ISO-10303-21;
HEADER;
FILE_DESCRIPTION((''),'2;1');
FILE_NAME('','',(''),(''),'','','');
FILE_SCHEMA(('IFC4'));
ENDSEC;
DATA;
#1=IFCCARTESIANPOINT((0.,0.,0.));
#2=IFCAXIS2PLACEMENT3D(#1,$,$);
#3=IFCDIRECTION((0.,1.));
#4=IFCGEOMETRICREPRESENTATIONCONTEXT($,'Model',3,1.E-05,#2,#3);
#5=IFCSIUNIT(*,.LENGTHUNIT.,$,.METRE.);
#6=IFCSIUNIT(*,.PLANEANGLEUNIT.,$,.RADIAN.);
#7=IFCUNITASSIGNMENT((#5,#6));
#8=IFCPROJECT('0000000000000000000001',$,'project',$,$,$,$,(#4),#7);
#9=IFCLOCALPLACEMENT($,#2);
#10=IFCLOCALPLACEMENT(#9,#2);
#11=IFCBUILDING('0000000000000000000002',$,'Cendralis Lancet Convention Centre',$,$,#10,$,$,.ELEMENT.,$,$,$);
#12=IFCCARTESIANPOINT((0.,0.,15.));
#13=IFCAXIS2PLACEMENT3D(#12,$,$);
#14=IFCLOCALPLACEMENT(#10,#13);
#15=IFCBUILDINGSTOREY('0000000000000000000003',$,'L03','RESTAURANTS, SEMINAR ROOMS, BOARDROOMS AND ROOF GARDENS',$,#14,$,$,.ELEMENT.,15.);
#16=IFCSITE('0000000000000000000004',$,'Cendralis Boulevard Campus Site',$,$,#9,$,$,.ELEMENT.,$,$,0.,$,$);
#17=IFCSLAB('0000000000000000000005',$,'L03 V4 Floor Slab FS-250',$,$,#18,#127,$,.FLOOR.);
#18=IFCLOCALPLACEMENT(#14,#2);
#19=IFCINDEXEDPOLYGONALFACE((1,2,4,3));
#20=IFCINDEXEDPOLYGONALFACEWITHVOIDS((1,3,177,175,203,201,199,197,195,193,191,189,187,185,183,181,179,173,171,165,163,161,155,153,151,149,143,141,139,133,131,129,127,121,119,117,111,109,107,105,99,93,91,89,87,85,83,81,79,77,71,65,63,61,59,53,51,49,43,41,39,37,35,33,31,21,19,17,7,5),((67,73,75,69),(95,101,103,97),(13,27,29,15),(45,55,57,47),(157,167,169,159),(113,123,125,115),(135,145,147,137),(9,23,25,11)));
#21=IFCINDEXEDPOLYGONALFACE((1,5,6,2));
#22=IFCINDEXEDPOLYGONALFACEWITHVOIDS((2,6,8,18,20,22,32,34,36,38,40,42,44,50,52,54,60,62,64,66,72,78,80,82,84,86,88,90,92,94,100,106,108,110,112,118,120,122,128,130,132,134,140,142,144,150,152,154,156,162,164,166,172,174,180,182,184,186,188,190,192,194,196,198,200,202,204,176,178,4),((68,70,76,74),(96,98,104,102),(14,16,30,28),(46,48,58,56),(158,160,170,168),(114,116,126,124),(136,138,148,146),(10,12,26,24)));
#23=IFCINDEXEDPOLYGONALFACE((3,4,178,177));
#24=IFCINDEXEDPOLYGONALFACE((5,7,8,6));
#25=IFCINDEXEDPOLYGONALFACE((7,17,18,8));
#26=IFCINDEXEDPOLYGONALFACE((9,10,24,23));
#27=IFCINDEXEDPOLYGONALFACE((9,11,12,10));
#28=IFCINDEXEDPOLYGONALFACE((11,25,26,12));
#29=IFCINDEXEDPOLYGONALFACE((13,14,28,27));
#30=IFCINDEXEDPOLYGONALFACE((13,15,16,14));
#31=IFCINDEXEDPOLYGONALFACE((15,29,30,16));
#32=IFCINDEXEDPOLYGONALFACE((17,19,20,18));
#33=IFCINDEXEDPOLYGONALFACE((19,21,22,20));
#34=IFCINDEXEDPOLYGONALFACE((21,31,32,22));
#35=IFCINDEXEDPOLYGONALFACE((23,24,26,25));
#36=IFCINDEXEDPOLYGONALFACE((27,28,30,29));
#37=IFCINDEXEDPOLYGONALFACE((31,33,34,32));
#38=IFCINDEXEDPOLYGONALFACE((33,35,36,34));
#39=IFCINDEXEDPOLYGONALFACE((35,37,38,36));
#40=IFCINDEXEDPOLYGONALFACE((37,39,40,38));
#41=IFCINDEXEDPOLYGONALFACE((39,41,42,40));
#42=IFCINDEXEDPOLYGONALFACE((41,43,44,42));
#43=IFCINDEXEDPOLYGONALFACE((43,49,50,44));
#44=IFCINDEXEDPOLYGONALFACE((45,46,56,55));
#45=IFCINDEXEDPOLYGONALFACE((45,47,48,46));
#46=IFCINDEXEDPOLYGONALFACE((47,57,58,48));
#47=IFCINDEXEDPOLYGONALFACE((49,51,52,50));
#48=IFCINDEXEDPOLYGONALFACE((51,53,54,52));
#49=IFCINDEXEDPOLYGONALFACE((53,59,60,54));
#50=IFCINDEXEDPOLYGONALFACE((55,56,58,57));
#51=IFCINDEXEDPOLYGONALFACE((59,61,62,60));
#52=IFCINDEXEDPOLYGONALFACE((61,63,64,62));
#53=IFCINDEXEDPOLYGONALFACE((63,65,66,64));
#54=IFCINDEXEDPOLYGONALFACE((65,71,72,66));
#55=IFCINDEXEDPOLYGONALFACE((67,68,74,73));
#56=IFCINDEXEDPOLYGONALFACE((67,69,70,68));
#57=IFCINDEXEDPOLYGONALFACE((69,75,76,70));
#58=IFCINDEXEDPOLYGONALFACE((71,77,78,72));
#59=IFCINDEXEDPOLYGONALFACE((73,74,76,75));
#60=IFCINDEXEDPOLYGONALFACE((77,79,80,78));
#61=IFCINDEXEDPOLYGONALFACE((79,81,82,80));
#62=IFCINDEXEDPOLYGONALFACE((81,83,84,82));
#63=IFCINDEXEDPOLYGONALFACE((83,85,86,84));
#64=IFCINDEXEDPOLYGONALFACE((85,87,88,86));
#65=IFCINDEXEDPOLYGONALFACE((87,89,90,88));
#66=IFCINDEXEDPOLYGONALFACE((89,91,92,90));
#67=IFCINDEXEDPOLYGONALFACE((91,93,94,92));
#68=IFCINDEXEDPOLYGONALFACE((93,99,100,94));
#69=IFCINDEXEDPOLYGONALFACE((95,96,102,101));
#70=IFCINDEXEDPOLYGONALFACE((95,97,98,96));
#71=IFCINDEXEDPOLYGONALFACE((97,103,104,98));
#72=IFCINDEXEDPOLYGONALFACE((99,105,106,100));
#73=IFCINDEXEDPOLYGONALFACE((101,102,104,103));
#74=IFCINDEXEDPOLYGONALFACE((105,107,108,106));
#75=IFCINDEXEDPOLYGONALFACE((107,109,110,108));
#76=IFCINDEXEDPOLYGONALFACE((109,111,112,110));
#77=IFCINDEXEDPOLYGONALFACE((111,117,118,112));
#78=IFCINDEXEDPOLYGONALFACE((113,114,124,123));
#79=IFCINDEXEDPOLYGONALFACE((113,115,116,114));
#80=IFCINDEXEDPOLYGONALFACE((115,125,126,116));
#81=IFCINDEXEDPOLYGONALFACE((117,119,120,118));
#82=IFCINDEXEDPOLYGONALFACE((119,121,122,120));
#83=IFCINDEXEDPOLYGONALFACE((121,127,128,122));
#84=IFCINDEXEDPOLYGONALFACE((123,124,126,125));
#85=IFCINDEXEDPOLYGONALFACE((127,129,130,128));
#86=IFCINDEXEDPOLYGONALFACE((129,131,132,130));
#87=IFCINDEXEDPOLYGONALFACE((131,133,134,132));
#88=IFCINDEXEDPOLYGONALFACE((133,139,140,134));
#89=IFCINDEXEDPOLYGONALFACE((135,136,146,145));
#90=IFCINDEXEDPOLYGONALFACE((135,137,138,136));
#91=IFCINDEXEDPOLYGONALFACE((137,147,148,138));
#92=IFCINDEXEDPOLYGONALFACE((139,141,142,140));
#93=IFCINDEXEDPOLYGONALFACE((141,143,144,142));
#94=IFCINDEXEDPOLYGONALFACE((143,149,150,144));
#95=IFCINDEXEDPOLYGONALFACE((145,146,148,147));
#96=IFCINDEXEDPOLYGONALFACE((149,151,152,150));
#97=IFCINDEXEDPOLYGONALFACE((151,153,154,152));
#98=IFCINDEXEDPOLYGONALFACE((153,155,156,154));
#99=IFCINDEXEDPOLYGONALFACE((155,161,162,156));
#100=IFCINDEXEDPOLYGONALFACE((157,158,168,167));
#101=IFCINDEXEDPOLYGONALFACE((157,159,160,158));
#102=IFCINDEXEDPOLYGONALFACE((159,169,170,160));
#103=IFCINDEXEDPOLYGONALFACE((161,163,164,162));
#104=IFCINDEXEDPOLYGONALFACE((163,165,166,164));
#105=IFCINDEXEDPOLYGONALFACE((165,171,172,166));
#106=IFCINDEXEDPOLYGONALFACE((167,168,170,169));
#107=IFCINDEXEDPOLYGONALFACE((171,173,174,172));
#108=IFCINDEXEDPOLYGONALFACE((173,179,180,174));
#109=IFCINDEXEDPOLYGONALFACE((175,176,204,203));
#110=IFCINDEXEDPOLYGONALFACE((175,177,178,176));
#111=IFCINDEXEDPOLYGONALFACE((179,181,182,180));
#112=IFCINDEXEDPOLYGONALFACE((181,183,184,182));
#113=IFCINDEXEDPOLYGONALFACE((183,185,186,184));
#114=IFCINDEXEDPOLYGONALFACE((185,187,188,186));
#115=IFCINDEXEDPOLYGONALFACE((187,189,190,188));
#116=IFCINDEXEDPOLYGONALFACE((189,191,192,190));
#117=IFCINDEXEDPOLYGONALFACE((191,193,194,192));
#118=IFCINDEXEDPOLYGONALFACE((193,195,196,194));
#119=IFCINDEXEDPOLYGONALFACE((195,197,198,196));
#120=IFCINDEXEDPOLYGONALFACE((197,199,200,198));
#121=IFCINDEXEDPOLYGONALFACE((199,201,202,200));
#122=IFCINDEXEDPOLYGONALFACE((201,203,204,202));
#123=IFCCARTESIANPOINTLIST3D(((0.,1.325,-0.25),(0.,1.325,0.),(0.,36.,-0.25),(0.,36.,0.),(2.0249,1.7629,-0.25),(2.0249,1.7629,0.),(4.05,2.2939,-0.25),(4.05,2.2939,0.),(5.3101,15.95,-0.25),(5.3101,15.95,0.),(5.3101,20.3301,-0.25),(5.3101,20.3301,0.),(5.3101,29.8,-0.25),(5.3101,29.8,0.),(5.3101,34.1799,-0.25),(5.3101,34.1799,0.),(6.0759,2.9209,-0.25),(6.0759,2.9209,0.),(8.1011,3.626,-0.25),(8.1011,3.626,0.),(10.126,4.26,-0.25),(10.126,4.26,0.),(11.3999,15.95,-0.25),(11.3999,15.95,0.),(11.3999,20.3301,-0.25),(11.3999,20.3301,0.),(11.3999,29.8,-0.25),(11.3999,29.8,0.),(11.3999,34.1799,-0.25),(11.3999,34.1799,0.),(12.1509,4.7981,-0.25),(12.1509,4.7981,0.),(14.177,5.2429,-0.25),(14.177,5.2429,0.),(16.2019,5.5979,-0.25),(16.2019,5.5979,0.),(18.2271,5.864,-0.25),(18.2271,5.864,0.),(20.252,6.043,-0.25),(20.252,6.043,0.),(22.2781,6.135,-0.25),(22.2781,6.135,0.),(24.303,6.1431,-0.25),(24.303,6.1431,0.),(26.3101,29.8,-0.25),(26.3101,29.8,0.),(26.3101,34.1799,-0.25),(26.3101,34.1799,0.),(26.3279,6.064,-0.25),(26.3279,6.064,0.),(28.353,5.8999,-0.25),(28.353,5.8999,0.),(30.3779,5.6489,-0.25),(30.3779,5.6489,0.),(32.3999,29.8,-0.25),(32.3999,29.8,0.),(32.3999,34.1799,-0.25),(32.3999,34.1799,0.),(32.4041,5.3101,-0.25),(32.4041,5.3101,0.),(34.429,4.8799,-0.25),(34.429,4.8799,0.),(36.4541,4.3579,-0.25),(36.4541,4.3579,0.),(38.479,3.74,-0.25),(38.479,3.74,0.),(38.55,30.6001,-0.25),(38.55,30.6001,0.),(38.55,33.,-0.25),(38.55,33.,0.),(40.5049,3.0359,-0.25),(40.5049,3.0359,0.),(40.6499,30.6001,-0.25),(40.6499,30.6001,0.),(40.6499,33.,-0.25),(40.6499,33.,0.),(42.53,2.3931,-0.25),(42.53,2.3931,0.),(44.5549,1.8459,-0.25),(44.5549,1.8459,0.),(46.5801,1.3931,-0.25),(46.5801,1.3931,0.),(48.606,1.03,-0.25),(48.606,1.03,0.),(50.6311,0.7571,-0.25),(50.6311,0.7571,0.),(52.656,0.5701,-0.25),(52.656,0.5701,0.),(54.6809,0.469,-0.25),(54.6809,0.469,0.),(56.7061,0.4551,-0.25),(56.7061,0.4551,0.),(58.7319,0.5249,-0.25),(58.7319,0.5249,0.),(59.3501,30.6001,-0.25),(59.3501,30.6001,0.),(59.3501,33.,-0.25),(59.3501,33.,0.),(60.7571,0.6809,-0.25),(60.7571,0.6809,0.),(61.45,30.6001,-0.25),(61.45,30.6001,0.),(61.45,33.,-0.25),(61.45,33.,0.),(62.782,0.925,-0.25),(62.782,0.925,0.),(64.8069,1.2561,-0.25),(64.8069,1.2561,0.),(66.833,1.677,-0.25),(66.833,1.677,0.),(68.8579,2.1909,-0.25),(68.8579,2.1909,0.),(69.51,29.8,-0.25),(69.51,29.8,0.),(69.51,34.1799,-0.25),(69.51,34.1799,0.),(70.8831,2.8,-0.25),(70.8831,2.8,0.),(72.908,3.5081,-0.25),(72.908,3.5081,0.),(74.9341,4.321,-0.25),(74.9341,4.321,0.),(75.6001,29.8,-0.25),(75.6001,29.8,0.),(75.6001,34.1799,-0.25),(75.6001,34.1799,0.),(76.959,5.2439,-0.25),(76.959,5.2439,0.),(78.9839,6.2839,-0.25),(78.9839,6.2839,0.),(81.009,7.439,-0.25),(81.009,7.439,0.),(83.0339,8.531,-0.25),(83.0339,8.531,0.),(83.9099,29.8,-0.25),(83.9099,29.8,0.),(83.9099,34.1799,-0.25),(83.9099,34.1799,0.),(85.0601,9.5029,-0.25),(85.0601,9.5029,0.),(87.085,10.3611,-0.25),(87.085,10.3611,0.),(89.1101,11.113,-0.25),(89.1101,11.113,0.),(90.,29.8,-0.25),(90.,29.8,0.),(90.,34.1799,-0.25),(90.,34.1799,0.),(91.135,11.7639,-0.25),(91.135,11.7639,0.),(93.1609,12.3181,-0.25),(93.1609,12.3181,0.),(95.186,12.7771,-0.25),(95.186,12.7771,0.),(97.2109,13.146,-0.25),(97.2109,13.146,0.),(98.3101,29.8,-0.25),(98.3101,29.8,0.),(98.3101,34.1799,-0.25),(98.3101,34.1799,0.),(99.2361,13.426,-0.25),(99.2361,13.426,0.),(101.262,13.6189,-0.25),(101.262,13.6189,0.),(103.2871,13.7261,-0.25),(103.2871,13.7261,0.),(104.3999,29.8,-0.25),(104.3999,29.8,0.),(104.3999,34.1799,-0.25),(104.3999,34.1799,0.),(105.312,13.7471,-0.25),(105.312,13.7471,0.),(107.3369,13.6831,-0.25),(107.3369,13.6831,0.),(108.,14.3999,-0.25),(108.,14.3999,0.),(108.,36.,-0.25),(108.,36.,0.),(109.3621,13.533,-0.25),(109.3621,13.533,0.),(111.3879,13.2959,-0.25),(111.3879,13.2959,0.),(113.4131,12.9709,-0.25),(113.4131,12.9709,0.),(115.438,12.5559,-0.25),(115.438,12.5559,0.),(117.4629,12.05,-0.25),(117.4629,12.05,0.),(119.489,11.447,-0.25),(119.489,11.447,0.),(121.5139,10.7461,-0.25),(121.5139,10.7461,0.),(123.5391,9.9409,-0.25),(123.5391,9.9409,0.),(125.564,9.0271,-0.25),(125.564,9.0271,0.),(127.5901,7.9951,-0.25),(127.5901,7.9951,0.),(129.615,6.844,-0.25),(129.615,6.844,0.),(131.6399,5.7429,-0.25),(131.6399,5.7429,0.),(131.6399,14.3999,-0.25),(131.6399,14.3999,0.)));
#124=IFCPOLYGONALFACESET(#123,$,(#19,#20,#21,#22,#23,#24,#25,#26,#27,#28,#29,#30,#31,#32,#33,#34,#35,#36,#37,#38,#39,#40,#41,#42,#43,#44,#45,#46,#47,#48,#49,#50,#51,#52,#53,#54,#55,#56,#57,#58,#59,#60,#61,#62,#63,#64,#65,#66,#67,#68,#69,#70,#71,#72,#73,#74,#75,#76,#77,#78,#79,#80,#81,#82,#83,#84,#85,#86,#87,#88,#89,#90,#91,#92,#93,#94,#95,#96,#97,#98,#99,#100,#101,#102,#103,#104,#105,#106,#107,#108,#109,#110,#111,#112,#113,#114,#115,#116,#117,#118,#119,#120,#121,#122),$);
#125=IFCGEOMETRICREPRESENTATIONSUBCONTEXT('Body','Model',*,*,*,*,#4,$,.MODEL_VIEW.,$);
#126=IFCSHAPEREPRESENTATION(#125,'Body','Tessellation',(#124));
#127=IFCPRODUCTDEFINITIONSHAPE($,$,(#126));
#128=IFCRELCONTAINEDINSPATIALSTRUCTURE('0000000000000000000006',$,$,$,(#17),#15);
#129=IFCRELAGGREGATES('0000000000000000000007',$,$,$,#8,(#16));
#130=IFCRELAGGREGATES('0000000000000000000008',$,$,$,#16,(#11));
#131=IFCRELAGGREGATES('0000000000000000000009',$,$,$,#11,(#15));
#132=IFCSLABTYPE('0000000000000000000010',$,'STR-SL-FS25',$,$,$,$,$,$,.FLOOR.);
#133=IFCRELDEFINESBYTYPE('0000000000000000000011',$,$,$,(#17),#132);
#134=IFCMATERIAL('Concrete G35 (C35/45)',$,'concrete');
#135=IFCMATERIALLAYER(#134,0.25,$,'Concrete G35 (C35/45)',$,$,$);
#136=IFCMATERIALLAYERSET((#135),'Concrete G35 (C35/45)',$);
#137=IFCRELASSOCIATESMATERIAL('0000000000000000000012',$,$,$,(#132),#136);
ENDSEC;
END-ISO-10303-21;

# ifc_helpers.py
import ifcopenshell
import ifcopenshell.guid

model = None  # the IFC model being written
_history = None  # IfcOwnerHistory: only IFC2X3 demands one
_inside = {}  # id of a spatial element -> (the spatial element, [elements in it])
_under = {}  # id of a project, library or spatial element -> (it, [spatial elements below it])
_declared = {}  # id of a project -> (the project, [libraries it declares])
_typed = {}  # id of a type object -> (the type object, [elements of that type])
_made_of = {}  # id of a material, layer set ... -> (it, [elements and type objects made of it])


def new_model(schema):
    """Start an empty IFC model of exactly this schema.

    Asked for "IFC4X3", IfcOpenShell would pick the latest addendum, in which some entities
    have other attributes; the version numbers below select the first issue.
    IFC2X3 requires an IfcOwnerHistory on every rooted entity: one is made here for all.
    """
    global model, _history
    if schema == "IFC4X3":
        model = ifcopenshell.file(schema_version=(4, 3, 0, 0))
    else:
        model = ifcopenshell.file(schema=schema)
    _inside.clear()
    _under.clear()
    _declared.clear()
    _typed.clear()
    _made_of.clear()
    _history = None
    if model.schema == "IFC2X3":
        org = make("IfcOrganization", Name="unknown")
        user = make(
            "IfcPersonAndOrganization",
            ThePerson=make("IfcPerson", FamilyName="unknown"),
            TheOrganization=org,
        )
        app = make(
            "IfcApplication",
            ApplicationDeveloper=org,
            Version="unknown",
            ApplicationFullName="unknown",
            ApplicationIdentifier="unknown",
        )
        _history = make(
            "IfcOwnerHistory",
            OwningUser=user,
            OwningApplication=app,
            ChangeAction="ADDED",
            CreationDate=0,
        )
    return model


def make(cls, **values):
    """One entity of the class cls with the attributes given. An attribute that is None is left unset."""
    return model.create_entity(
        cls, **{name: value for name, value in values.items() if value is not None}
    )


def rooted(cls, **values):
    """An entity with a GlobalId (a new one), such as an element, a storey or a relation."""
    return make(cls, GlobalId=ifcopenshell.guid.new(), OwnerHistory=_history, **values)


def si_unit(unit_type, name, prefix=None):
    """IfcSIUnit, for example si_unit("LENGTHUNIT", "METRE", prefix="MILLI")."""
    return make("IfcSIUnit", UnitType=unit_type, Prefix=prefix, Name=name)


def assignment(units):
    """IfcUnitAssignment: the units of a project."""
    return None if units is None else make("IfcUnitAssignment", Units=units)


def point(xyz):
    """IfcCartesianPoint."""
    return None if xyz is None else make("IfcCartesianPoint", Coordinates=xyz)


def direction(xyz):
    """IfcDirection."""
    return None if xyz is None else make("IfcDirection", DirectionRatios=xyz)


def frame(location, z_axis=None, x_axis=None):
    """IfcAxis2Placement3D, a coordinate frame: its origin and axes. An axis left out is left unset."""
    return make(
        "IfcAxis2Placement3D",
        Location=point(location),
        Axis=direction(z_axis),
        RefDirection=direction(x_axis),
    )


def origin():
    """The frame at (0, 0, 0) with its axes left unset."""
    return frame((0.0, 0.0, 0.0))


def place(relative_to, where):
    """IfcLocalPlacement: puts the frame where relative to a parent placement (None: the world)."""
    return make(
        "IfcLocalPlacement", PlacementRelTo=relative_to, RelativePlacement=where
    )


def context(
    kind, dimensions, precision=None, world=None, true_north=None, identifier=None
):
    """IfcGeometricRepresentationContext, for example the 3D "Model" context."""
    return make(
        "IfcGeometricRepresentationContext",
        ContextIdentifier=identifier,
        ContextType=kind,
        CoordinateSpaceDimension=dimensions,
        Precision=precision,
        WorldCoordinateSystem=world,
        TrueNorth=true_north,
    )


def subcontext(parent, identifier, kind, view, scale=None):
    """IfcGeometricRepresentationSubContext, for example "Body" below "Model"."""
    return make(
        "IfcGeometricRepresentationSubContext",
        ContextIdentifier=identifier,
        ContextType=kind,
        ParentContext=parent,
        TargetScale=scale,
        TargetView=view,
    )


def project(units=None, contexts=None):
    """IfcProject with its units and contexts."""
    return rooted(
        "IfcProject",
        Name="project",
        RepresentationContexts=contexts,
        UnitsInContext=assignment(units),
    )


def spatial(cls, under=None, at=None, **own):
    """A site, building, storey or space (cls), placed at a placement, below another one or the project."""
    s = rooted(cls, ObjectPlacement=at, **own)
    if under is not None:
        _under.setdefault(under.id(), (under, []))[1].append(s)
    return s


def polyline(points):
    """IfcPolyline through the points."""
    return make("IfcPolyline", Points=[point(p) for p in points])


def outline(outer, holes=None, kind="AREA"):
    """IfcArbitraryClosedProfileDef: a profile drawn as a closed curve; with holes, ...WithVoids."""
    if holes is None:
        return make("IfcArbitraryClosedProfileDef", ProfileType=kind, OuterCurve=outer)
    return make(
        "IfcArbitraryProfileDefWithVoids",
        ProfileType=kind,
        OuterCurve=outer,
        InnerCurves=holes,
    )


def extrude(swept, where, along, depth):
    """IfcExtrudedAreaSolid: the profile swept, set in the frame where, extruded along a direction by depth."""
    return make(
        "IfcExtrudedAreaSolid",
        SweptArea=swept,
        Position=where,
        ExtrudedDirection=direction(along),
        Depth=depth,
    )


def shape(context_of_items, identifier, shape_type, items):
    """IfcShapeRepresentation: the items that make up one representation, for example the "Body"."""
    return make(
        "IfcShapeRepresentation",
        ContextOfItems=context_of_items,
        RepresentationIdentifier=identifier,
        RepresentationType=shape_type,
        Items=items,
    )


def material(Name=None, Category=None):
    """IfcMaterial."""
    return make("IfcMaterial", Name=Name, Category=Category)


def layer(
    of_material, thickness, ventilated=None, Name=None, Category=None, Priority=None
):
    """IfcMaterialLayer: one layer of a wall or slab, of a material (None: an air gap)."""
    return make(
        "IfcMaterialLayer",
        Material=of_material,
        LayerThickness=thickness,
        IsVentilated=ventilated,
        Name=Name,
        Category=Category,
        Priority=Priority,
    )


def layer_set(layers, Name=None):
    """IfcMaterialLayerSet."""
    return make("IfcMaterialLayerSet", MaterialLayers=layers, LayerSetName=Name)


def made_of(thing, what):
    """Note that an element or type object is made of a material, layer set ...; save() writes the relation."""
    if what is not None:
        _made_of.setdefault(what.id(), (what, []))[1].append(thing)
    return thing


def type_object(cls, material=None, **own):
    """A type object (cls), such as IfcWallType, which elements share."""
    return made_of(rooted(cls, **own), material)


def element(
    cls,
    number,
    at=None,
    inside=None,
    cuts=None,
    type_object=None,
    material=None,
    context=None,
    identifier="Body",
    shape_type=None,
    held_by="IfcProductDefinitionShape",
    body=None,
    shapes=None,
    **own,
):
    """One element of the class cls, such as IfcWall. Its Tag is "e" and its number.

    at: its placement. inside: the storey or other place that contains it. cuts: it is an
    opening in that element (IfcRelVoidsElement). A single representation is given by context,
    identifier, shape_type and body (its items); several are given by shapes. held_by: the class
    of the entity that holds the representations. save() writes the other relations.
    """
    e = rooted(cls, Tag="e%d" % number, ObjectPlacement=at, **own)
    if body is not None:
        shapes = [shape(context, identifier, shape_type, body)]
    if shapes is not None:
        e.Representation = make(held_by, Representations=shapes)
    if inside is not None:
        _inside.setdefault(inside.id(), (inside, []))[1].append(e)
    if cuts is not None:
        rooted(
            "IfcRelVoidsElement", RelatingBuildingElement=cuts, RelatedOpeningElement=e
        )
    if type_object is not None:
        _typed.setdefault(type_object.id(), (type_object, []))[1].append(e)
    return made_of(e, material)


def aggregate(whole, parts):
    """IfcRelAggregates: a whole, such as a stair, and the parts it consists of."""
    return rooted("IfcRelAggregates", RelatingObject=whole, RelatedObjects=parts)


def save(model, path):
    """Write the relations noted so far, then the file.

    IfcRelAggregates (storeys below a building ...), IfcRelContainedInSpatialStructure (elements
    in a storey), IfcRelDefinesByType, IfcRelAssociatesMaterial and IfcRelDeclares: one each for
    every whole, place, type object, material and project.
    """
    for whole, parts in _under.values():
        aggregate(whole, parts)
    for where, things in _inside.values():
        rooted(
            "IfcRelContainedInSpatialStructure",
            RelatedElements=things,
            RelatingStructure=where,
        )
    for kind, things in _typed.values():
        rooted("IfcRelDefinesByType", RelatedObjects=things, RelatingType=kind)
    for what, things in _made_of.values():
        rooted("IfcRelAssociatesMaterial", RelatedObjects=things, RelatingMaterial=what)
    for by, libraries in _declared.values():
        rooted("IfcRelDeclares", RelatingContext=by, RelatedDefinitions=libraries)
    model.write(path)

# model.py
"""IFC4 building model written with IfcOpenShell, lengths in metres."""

from ifc_helpers import new_model, si_unit, direction, frame, origin, place, context, subcontext, project, spatial, polyline, outline, extrude, material, layer, layer_set, type_object, element, save


model = new_model("IFC4")

# Units and contexts
model_context = context("Model", 3, precision=1e-05, world=origin(), true_north=direction((0.0, 1.0)))
body_context = subcontext(model_context, "Body", "Model", "MODEL_VIEW")
ifc_project = project(units=[si_unit("LENGTHUNIT", "METRE"), si_unit("PLANEANGLEUNIT", "RADIAN")], contexts=[model_context])

# Site, building, storey
site_placement = place(None, origin())
site = spatial("IfcSite", under=ifc_project, at=site_placement, Name="Cendralis Boulevard Campus Site", CompositionType="ELEMENT", RefElevation=0.0)
building_placement = place(site_placement, origin())
building = spatial("IfcBuilding", under=site, at=building_placement, Name="Cendralis Lancet Convention Centre", CompositionType="ELEMENT")
storey_placement = place(building_placement, frame((0.0, 0.0, 15.0)))
storey = spatial("IfcBuildingStorey", under=building, at=storey_placement, Name="L03", Description="RESTAURANTS, SEMINAR ROOMS, BOARDROOMS AND ROOF GARDENS", CompositionType="ELEMENT", Elevation=15.0)

# Shared definitions
ifc_material_1 = material(Name="Concrete G35 (C35/45)", Category="concrete")

# Slab
ifc_layer_1 = layer(ifc_material_1, 0.25, Name="Concrete G35 (C35/45)")
ifc_layer_set_1 = layer_set([ifc_layer_1], Name="Concrete G35 (C35/45)")
slab_type_1 = type_object("IfcSlabType", Name="STR-SL-FS25", PredefinedType="FLOOR", material=ifc_layer_set_1)
slab_1_placement = place(storey_placement, frame((0.0, 0.0, -0.25)))
element("IfcSlab", 1, at=slab_1_placement, inside=storey, type_object=slab_type_1, Name="L03 V4 Floor Slab FS-250", PredefinedType="FLOOR", context=body_context, shape_type="SweptSolid", body=[
    extrude(outline(polyline([(0.0, 1.325), (2.0249, 1.7629), (4.05, 2.2939), (6.0759, 2.9209), (8.1011, 3.626), (10.126, 4.26), (12.1509, 4.7981), (14.177, 5.2429), (16.2019, 5.5979), (18.2271, 5.864), (20.252, 6.043), (22.2781, 6.135), (24.303, 6.1431), (26.3279, 6.064), (28.353, 5.8999), (30.3779, 5.6489), (32.4041, 5.3101), (34.429, 4.8799), (36.4541, 4.3579), (38.479, 3.74), (40.5049, 3.0359), (42.53, 2.3931), (44.5549, 1.8459), (46.5801, 1.3931), (48.606, 1.03), (50.6311, 0.7571), (52.656, 0.5701), (54.6809, 0.469), (56.7061, 0.4551), (58.7319, 0.5249), (60.7571, 0.6809), (62.782, 0.925), (64.8069, 1.2561), (66.833, 1.677), (68.8579, 2.1909), (70.8831, 2.8), (72.908, 3.5081), (74.9341, 4.321), (76.959, 5.2439), (78.9839, 6.2839), (81.009, 7.439), (83.0339, 8.531), (85.0601, 9.5029), (87.085, 10.3611), (89.1101, 11.113), (91.135, 11.7639), (93.1609, 12.3181), (95.186, 12.7771), (97.2109, 13.146), (99.2361, 13.426), (101.262, 13.6189), (103.2871, 13.7261), (105.312, 13.7471), (107.3369, 13.6831), (109.3621, 13.533), (111.3879, 13.2959), (113.4131, 12.9709), (115.438, 12.5559), (117.4629, 12.05), (119.489, 11.447), (121.5139, 10.7461), (123.5391, 9.9409), (125.564, 9.0271), (127.5901, 7.9951), (129.615, 6.844), (131.6399, 5.7429), (131.6399, 14.3999), (108.0, 14.3999), (108.0, 36.0), (0.0, 36.0), (0.0, 1.325)]), holes=[polyline([(26.3101, 29.8), (32.3999, 29.8), (32.3999, 34.1799), (26.3101, 34.1799), (26.3101, 29.8)]), polyline([(69.51, 29.8), (75.6001, 29.8), (75.6001, 34.1799), (69.51, 34.1799), (69.51, 29.8)]), polyline([(5.3101, 15.95), (11.3999, 15.95), (11.3999, 20.3301), (5.3101, 20.3301), (5.3101, 15.95)]), polyline([(98.3101, 29.8), (104.3999, 29.8), (104.3999, 34.1799), (98.3101, 34.1799), (98.3101, 29.8)]), polyline([(5.3101, 29.8), (11.3999, 29.8), (11.3999, 34.1799), (5.3101, 34.1799), (5.3101, 29.8)]), polyline([(83.9099, 29.8), (90.0, 29.8), (90.0, 34.1799), (83.9099, 34.1799), (83.9099, 29.8)]), polyline([(38.55, 30.6001), (40.6499, 30.6001), (40.6499, 33.0), (38.55, 33.0), (38.55, 30.6001)]), polyline([(59.3501, 30.6001), (61.45, 30.6001), (61.45, 33.0), (59.3501, 33.0), (59.3501, 30.6001)])]), origin(), (0.0, 0.0, 1.0), 0.25),
])

save(model, "model.ifc")
